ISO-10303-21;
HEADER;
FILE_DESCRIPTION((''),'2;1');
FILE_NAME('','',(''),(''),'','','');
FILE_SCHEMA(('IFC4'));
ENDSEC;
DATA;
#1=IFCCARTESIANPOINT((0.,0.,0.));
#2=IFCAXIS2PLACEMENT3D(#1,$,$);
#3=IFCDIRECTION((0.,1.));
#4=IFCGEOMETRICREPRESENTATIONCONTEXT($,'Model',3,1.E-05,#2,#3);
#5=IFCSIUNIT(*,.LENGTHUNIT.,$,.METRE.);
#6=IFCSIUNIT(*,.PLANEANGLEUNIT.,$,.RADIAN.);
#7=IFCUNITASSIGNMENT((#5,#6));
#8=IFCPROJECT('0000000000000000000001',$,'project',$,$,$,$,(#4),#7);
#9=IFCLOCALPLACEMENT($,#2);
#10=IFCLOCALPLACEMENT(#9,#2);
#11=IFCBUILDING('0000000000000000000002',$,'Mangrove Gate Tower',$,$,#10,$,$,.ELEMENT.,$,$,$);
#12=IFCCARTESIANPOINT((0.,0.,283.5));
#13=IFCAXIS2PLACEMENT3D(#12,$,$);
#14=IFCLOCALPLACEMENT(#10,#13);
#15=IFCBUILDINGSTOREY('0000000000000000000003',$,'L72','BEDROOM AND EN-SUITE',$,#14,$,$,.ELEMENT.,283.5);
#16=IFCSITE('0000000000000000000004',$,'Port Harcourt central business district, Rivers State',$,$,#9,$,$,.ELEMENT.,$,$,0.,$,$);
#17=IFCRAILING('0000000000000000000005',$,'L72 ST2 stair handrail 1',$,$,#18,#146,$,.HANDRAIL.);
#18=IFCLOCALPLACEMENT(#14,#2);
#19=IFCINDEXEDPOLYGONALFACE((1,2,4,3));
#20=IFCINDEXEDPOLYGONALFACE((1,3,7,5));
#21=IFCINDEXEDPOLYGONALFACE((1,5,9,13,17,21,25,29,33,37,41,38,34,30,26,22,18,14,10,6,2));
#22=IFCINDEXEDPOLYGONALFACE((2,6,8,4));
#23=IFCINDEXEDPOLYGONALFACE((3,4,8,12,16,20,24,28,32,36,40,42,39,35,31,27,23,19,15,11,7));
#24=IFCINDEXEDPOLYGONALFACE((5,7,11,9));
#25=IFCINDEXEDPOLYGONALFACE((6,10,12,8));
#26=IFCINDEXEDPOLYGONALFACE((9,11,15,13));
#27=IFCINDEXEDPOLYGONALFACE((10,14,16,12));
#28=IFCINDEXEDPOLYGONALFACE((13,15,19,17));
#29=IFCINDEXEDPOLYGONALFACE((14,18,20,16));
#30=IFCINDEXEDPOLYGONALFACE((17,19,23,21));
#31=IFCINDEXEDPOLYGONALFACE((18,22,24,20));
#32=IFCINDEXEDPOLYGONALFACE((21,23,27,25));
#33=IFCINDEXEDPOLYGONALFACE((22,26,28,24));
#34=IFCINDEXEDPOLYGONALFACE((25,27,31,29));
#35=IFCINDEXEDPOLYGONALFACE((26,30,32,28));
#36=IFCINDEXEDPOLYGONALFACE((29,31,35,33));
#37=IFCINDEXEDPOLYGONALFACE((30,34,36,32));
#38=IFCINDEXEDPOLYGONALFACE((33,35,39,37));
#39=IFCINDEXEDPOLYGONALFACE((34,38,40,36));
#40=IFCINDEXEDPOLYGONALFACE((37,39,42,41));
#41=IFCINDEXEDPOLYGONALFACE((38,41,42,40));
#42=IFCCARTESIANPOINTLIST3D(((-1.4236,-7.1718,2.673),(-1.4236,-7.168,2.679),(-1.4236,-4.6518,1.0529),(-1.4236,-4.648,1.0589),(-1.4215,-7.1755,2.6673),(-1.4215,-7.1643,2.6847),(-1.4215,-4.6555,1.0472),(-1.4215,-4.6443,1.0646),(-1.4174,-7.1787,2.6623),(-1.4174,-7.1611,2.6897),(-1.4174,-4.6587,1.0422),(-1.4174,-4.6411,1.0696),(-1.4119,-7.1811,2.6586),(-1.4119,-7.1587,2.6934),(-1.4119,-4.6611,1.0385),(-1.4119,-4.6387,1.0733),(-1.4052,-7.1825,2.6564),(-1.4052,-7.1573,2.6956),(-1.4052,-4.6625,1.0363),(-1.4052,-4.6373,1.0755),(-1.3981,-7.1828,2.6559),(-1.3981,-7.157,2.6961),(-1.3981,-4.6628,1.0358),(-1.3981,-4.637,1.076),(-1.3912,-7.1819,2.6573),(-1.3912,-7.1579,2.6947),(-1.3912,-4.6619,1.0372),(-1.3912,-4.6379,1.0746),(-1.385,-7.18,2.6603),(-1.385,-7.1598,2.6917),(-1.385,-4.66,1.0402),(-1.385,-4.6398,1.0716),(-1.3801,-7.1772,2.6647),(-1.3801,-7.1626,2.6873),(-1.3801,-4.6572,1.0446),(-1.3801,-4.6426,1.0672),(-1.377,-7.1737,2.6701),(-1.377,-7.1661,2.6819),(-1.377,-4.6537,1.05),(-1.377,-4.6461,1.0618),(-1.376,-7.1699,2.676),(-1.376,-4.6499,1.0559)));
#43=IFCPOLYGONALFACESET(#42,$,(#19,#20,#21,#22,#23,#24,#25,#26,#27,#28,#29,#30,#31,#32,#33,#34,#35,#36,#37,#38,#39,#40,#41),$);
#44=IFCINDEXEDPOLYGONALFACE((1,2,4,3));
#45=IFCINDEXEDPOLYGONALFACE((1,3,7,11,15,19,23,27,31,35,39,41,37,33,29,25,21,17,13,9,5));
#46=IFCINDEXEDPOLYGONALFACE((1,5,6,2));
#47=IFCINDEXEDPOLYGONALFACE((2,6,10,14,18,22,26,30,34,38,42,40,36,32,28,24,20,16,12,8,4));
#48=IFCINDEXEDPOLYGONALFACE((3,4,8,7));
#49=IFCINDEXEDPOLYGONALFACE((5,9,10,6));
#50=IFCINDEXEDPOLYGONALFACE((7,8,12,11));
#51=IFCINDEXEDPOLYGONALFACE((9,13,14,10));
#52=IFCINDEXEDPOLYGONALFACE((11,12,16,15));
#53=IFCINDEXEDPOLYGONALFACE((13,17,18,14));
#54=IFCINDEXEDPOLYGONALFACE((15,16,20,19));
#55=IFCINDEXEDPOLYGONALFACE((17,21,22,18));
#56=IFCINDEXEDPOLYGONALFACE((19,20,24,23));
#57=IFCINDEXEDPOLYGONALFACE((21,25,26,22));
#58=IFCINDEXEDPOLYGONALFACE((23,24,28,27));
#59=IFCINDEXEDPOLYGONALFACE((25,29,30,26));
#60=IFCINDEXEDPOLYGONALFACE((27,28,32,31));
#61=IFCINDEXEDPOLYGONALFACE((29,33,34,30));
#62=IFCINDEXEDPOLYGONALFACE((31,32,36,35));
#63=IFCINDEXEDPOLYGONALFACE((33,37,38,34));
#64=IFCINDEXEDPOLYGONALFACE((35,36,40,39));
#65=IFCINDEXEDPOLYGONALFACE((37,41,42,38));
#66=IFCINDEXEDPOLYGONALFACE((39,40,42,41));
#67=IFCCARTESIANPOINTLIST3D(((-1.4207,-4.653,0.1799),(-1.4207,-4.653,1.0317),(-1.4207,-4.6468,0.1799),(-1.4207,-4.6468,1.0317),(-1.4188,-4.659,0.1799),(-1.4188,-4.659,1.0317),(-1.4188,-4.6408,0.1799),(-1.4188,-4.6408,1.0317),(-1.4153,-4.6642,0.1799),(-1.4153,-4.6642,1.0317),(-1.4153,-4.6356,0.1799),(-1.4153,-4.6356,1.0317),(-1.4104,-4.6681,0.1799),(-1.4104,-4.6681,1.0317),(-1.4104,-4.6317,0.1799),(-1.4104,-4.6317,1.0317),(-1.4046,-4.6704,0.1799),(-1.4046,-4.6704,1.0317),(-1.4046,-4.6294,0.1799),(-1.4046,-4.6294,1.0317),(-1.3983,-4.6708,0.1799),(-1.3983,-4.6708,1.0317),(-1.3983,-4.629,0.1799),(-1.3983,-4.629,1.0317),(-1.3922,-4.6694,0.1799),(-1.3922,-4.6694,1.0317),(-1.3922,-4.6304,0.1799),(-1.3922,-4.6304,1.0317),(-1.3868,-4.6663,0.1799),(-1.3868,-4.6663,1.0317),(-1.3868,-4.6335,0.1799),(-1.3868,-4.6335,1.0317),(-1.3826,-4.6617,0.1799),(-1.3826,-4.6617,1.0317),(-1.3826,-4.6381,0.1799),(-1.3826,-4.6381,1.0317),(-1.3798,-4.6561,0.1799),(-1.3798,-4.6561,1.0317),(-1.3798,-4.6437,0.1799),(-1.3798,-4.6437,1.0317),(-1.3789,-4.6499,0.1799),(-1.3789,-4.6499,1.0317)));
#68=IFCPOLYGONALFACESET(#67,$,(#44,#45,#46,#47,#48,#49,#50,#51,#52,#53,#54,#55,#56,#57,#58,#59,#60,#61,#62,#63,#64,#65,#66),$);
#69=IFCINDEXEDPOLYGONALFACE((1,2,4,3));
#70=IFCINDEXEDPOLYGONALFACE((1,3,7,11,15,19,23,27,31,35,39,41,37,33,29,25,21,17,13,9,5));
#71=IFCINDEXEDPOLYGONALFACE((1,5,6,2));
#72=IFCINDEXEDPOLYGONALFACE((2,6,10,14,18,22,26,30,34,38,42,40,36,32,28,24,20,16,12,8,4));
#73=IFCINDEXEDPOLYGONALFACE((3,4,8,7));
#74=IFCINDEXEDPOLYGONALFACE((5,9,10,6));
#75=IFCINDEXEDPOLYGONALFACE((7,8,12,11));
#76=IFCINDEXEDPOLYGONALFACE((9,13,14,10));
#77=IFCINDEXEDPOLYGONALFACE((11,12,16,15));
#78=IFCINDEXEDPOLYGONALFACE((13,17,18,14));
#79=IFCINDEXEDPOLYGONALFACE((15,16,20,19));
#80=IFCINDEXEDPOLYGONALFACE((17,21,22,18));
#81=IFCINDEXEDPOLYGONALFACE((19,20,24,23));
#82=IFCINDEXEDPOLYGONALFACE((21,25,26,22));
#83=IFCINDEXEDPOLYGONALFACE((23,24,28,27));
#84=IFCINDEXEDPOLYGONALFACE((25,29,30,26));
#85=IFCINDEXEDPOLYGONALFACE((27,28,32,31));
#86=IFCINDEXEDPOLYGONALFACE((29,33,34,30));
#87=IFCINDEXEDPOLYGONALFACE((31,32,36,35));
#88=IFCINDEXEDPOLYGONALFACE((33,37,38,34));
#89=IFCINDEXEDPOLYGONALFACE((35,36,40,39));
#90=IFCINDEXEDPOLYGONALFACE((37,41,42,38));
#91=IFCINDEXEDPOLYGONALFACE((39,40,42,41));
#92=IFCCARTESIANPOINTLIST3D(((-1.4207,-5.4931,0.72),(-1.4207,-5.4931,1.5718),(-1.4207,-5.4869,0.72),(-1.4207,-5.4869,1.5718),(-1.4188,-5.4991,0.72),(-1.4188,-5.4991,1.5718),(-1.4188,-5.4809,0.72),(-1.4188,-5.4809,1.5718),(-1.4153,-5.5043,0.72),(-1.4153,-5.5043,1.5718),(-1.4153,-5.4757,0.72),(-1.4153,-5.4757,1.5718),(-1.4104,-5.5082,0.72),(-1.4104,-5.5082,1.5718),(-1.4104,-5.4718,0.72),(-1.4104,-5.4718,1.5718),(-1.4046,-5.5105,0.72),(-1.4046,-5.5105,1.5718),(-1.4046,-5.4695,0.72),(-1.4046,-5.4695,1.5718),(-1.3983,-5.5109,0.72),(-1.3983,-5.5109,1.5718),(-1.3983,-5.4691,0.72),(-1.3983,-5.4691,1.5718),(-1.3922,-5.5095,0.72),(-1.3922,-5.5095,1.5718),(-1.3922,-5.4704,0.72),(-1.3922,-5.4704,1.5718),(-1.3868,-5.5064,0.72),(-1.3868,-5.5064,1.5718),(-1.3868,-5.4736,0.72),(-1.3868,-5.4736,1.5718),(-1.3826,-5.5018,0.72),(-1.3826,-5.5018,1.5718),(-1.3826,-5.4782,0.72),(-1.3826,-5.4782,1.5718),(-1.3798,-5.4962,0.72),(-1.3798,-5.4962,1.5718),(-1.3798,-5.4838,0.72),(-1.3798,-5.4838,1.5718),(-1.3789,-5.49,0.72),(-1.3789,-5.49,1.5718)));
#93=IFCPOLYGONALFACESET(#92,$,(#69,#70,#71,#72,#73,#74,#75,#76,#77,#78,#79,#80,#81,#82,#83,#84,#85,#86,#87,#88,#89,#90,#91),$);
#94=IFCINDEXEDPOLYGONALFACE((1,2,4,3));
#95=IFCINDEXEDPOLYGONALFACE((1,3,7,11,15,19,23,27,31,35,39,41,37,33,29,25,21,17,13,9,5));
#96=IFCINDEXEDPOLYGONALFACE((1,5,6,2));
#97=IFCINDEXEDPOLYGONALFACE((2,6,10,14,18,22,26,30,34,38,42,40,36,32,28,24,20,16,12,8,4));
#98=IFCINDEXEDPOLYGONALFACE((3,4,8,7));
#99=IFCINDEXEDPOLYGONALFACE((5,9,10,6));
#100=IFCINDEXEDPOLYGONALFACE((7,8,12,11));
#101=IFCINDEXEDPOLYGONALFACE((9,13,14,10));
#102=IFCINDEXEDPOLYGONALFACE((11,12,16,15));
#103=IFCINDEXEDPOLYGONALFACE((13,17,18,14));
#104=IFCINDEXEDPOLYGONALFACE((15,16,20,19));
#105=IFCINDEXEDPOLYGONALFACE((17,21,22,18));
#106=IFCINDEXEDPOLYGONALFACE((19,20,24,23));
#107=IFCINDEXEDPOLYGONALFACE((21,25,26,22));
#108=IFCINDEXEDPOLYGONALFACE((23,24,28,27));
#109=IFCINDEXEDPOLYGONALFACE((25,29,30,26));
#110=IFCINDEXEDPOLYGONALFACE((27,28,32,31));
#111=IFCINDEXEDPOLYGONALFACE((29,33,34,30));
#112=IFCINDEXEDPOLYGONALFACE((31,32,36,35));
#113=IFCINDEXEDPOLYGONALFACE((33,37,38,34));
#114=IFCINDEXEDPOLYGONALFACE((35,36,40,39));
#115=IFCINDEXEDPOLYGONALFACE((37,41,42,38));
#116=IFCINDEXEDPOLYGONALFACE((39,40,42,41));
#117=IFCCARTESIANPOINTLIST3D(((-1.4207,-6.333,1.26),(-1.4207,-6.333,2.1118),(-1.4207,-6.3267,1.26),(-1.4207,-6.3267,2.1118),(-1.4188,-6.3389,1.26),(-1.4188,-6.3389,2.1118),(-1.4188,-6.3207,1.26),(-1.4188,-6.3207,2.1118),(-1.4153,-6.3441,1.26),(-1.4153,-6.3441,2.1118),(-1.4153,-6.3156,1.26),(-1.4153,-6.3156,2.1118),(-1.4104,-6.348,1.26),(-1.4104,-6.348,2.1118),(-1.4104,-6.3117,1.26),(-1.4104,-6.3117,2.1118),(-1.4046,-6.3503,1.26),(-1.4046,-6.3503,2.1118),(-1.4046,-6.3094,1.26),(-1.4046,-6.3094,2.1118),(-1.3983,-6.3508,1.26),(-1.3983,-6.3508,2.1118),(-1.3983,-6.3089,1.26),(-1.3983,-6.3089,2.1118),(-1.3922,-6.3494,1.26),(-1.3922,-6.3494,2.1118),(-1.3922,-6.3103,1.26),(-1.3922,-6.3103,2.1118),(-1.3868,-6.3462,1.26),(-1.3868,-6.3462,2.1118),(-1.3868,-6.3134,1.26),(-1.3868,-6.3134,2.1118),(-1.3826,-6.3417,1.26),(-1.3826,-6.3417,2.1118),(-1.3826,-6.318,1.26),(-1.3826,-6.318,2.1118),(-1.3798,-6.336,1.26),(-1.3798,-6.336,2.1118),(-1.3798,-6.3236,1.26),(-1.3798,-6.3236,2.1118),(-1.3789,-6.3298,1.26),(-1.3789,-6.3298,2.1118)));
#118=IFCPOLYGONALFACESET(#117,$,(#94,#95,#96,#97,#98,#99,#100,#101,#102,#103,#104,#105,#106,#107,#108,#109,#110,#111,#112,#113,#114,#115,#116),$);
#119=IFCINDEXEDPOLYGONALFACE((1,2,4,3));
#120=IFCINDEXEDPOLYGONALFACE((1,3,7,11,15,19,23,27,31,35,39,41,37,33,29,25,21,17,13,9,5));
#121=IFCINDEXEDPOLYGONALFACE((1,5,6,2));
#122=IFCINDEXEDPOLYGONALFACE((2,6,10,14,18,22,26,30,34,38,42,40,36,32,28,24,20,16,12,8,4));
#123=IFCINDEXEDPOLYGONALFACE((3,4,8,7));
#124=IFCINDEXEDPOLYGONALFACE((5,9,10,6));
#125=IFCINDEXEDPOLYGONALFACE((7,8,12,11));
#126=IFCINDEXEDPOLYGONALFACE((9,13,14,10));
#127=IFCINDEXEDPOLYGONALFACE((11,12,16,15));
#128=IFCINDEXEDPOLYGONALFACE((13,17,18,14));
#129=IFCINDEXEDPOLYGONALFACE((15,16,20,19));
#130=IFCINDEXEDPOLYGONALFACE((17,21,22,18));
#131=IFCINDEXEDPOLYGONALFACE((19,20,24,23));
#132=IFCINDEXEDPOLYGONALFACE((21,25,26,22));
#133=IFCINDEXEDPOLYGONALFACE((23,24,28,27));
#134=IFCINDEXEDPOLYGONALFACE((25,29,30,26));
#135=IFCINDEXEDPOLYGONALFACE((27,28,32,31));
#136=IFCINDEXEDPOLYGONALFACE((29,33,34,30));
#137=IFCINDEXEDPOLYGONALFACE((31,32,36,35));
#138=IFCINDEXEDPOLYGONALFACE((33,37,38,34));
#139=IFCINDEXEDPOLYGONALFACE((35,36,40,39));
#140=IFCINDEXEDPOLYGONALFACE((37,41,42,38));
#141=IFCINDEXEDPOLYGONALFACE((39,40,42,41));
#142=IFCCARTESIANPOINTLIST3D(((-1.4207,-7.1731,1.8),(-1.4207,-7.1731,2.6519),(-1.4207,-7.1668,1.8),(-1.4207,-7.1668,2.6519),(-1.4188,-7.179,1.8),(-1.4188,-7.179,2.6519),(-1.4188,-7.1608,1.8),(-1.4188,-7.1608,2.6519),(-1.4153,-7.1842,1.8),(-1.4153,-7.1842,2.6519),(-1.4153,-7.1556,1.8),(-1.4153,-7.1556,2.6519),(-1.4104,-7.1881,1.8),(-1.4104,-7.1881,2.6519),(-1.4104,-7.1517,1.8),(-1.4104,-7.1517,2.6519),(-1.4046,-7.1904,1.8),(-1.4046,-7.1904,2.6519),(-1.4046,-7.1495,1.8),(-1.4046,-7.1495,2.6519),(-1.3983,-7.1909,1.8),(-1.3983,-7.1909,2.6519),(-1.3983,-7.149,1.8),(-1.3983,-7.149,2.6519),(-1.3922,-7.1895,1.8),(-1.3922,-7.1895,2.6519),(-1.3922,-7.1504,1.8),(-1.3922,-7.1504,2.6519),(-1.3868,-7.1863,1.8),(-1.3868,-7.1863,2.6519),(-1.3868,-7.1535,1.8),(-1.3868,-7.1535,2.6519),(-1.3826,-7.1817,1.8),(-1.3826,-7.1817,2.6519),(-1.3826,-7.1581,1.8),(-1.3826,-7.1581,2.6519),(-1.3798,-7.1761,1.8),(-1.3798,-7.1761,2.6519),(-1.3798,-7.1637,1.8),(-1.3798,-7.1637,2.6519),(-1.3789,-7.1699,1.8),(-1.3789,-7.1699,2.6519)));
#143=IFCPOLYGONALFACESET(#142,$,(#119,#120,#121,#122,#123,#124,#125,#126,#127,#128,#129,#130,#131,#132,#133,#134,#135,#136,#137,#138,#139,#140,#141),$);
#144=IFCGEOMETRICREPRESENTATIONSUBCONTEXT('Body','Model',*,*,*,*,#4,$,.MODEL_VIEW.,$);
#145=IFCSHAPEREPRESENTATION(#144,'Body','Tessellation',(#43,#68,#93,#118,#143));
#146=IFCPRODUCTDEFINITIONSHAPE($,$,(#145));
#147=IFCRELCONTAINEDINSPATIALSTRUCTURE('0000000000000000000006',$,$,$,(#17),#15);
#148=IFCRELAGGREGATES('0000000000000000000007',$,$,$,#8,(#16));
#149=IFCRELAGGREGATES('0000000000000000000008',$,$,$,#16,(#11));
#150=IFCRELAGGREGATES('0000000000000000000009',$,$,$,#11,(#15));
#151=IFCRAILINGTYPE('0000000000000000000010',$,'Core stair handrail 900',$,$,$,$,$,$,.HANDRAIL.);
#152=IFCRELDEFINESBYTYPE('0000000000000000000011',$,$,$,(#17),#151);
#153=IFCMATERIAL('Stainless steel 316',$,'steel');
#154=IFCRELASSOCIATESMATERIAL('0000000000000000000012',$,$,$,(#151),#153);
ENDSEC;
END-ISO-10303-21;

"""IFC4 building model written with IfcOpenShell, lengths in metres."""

from ifc_helpers import new_model, si_unit, direction, frame, origin, origin_2d, place, context, subcontext, project, spatial, circle, extrude, material, type_object, element, save


model = new_model("IFC4")

# Units and contexts
model_context = context("Model", 3, precision=1e-05, world=origin(), true_north=direction((0.0, 1.0)))
body_context = subcontext(model_context, "Body", "Model", "MODEL_VIEW")
ifc_project = project(units=[si_unit("LENGTHUNIT", "METRE"), si_unit("PLANEANGLEUNIT", "RADIAN")], contexts=[model_context])

# Site, building, storey
site_placement = place(None, origin())
site = spatial("IfcSite", under=ifc_project, at=site_placement, Name="Port Harcourt central business district, Rivers State", CompositionType="ELEMENT", RefElevation=0.0)
building_placement = place(site_placement, origin())
building = spatial("IfcBuilding", under=site, at=building_placement, Name="Mangrove Gate Tower", CompositionType="ELEMENT")
storey_placement = place(building_placement, frame((0.0, 0.0, 283.5)))
storey = spatial("IfcBuildingStorey", under=building, at=storey_placement, Name="L72", Description="BEDROOM AND EN-SUITE", CompositionType="ELEMENT", Elevation=283.5)

# Railing
ifc_material_1 = material(Name="Stainless steel 316", Category="steel")
railing_type_1 = type_object("IfcRailingType", Name="Core stair handrail 900", PredefinedType="HANDRAIL", material=ifc_material_1)
railing_1_placement = place(storey_placement, frame((-1.3999, -4.6499, 0.1799)))
element("IfcRailing", 1, at=railing_1_placement, inside=storey, type_object=railing_type_1, Name="L72 ST2 stair handrail 1", PredefinedType="HANDRAIL", context=body_context, shape_type="SweptSolid", body=[
    extrude(circle(Radius=0.0239, at=origin_2d()), frame((0.0, 0.0, 0.876), z_axis=(0.0, -0.841163, 0.540782), x_axis=(1.0, 0.0, 0.0)), (0.0, 0.0, 1.0), 2.9958),
    extrude(circle(Radius=0.021, at=origin_2d()), origin(), (0.0, 0.0, 1.0), 0.8518),
    extrude(circle(Radius=0.021, at=origin_2d()), frame((0.0, -0.8401, 0.54)), (0.0, 0.0, 1.0), 0.8518),
    extrude(circle(Radius=0.021, at=origin_2d()), frame((0.0, -1.6799, 1.0801)), (0.0, 0.0, 1.0), 0.8518),
    extrude(circle(Radius=0.021, at=origin_2d()), frame((0.0, -2.52, 1.6201)), (0.0, 0.0, 1.0), 0.8518),
])

save(model, "model.ifc")
